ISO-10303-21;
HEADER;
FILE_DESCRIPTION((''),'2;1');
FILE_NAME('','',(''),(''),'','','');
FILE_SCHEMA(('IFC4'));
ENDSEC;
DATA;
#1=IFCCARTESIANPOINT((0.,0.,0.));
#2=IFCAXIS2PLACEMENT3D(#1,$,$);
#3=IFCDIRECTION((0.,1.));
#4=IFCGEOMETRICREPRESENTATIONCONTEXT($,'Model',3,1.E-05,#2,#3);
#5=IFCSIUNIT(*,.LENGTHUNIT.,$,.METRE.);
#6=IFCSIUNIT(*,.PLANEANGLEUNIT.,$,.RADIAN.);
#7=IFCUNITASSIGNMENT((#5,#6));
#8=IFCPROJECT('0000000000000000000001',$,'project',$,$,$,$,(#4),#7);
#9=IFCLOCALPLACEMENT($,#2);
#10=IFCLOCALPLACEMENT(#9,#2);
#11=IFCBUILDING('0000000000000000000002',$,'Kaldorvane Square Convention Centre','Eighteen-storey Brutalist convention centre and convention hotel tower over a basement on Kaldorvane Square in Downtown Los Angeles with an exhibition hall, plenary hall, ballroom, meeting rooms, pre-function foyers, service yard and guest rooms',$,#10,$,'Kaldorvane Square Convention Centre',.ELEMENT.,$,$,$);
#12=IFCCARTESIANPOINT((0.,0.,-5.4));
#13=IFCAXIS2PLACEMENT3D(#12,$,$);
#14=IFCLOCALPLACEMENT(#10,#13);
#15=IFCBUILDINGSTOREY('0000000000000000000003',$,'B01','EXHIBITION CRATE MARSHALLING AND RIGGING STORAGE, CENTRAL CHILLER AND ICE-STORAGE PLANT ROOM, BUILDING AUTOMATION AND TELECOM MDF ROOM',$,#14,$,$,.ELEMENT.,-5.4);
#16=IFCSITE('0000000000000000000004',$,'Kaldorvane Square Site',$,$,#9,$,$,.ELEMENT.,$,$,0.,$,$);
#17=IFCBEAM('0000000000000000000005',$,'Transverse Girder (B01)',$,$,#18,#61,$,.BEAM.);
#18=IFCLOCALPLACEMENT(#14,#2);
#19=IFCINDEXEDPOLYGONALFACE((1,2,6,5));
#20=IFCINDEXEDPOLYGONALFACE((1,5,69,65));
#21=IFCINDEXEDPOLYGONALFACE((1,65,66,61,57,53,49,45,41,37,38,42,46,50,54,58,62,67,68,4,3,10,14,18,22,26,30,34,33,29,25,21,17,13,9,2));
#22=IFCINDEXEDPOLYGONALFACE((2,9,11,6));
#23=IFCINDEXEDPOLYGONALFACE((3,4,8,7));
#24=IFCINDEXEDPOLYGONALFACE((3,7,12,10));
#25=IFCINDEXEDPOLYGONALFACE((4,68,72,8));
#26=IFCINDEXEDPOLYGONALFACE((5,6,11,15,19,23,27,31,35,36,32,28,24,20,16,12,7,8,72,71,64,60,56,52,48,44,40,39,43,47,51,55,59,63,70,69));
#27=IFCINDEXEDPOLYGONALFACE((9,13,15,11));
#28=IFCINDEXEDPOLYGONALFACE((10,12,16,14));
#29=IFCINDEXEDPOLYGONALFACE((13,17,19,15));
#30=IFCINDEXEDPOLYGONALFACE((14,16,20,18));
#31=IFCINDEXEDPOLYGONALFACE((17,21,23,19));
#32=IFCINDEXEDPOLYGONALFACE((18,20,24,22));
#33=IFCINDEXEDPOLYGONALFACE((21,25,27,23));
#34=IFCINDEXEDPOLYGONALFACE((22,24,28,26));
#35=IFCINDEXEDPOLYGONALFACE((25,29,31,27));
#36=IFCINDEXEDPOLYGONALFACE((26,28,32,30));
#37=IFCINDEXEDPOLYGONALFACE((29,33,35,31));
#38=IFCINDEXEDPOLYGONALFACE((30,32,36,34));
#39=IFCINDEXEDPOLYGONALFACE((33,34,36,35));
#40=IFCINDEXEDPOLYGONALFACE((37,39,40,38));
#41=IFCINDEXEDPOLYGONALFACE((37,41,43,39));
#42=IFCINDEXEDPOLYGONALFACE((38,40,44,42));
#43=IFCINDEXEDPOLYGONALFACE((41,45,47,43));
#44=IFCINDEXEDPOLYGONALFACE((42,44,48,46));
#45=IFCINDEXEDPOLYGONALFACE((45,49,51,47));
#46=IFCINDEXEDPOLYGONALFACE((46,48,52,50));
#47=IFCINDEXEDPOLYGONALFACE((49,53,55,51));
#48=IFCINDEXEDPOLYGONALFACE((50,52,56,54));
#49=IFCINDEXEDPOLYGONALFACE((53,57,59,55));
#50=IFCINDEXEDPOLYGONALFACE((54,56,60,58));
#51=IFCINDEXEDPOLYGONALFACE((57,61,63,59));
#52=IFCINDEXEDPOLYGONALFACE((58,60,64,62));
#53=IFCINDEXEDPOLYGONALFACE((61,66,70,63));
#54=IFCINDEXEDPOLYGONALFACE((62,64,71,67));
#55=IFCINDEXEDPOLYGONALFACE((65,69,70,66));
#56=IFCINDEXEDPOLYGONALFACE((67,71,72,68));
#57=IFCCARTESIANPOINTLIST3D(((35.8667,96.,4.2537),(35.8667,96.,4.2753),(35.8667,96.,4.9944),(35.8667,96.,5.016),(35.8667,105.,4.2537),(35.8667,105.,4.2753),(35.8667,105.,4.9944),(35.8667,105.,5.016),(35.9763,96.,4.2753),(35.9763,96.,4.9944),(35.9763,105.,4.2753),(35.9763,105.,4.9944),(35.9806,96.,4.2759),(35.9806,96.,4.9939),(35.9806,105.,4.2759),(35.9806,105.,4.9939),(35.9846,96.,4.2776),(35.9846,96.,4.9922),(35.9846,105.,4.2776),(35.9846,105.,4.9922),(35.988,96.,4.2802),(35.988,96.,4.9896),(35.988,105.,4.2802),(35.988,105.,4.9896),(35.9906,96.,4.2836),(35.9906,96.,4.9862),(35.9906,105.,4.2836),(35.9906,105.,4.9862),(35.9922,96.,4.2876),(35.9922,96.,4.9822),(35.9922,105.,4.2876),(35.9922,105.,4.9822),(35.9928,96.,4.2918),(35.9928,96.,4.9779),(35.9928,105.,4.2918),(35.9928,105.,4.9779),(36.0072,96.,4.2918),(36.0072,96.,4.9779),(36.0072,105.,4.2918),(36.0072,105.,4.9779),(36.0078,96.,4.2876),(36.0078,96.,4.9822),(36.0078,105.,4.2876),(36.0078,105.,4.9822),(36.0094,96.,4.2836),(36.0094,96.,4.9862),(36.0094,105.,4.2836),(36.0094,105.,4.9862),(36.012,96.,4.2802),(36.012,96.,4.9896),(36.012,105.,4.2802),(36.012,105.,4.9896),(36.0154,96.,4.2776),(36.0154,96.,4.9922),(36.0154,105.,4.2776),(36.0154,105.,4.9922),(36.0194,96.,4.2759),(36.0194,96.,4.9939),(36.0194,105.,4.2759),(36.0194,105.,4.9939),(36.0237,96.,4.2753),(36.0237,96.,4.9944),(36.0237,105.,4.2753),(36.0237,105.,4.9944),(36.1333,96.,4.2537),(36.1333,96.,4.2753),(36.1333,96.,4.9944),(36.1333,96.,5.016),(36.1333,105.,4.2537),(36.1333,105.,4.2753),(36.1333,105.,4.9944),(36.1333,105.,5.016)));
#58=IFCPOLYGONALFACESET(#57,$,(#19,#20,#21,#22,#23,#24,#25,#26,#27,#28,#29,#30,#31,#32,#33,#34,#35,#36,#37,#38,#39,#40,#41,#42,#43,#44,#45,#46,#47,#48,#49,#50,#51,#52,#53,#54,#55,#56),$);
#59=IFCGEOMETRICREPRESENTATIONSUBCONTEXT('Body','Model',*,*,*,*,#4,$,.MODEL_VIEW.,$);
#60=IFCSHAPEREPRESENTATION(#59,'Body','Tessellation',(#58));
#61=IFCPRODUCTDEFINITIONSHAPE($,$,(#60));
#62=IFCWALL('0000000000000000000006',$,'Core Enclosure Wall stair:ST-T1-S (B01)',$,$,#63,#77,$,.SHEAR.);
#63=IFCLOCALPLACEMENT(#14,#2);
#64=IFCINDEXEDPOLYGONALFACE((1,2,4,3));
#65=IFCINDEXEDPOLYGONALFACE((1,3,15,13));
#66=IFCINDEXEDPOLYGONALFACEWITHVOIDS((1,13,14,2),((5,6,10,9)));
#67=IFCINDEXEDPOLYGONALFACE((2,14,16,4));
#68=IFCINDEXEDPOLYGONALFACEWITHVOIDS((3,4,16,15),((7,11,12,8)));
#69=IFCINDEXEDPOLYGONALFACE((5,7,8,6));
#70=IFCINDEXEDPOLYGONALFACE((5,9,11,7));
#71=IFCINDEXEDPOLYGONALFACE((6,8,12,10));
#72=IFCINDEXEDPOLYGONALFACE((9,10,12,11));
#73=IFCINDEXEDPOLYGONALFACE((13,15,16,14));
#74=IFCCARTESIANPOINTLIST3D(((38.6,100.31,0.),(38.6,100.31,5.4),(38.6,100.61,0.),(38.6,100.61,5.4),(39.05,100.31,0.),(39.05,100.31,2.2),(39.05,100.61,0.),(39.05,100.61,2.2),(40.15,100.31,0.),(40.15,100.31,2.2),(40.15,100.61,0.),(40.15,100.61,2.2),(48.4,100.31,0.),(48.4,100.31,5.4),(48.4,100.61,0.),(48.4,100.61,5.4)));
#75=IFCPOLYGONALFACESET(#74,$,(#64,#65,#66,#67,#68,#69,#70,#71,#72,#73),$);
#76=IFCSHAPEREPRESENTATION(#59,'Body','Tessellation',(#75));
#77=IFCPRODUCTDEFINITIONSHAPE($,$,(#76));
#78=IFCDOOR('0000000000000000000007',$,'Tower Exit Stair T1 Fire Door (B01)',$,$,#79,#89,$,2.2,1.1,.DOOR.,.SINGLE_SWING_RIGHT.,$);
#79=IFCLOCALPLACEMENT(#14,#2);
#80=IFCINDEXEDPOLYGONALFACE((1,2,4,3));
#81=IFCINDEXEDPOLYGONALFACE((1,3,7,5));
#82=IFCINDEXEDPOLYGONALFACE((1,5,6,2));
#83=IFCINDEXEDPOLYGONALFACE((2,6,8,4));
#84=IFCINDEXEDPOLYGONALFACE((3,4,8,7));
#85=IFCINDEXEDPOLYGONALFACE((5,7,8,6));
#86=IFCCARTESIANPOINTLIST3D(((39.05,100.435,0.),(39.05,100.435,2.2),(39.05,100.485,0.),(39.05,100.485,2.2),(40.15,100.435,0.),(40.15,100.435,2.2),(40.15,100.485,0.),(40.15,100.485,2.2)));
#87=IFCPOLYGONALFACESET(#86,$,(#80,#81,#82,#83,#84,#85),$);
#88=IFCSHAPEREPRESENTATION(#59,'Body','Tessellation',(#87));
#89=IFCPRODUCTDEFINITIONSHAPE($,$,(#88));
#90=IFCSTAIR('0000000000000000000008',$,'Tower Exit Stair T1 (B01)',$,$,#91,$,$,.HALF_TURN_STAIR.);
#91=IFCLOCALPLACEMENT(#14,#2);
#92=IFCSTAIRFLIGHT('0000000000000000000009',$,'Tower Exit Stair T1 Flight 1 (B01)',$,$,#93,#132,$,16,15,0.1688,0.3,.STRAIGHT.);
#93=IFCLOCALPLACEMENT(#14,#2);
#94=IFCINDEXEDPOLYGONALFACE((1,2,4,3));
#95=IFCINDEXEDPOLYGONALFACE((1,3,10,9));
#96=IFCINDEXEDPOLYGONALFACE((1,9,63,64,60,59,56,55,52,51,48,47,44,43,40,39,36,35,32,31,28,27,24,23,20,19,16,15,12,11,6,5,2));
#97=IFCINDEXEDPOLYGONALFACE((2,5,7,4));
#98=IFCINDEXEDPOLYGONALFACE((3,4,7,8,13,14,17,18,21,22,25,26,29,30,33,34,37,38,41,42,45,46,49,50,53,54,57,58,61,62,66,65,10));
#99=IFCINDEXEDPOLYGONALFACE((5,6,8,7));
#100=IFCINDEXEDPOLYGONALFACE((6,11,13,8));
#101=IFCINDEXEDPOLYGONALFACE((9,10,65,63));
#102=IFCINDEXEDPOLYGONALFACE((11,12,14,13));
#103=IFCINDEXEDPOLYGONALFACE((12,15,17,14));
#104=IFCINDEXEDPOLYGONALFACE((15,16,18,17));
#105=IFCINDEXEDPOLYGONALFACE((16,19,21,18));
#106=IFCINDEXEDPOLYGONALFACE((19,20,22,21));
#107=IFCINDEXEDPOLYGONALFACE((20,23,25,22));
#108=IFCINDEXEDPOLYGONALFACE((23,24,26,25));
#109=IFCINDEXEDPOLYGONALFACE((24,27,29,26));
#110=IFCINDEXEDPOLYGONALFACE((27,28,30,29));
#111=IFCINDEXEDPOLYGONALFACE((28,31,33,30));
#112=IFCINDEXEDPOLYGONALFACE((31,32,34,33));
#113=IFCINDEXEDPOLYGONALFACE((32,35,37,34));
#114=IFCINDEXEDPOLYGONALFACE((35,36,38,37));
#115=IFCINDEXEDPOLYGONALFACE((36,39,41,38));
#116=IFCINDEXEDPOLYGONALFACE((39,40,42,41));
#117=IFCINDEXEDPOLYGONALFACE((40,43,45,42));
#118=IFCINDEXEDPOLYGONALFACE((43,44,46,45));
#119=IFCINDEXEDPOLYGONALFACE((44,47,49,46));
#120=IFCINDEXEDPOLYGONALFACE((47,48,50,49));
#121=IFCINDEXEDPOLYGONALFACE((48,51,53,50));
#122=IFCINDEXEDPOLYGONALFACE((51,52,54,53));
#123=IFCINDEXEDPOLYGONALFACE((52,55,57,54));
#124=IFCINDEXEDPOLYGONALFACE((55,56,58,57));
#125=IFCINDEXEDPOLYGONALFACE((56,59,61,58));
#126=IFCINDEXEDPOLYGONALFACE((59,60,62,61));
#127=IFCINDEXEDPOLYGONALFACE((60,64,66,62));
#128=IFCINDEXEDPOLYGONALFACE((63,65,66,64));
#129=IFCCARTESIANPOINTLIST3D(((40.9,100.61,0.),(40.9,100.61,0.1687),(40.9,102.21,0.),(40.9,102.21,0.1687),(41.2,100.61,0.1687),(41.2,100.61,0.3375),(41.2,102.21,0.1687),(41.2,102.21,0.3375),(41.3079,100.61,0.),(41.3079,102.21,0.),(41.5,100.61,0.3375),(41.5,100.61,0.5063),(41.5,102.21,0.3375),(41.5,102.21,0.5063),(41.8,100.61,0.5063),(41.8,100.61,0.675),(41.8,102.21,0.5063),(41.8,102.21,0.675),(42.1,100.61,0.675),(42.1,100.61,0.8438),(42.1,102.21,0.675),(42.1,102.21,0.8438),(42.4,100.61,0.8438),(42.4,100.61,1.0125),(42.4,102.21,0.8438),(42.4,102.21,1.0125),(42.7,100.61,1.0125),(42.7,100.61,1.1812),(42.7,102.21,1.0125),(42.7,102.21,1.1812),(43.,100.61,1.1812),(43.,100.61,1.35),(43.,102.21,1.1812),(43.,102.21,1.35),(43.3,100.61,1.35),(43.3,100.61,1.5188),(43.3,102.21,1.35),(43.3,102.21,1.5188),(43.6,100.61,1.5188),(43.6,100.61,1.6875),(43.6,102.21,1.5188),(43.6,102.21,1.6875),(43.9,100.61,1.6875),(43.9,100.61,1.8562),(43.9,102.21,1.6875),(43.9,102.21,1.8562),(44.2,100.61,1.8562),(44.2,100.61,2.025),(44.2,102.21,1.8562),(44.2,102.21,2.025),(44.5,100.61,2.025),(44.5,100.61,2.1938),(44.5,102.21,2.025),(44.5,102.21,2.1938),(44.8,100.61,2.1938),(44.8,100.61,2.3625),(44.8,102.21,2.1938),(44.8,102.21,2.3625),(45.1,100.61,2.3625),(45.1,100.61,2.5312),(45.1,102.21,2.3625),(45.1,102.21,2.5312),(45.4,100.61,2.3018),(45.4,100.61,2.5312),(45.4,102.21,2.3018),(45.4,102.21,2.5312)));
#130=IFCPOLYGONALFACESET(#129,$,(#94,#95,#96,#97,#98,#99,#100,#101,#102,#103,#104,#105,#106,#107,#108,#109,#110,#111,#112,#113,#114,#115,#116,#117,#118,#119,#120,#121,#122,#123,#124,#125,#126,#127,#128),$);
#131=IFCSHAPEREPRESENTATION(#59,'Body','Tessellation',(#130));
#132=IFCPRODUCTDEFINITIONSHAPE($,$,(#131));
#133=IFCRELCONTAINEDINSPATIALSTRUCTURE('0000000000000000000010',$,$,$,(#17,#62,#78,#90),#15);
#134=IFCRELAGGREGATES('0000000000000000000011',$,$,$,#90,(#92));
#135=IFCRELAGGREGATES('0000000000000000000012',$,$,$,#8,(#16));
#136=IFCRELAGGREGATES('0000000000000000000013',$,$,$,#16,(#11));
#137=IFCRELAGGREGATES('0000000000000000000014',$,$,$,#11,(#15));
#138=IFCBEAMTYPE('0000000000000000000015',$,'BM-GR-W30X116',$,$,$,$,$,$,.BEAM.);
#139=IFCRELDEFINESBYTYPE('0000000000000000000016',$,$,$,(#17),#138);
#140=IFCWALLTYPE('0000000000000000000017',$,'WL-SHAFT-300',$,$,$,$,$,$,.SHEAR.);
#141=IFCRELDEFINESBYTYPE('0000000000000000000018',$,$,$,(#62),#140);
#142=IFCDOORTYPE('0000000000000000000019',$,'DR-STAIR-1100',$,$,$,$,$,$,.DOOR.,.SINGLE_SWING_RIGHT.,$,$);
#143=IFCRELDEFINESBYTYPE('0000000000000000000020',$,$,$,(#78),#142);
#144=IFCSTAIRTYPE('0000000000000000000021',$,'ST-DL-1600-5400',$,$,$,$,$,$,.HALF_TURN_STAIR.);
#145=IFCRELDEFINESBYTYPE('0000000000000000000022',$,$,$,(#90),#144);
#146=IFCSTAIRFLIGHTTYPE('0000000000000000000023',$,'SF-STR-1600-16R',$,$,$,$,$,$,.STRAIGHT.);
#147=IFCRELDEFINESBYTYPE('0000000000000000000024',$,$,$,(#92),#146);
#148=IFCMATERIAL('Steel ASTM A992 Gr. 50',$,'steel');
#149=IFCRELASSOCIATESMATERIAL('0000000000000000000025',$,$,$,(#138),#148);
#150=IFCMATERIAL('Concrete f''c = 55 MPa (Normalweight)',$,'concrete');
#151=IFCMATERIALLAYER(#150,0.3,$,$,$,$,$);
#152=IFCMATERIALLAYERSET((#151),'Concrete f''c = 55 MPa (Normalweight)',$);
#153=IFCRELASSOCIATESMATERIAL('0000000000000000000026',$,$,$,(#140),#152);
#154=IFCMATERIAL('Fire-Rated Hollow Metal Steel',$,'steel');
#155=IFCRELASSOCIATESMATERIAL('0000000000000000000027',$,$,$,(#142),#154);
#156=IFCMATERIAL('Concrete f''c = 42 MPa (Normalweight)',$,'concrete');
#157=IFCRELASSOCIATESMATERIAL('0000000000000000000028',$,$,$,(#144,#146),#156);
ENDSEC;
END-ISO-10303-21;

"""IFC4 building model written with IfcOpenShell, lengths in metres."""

from ifc_helpers import new_model, si_unit, direction, frame, frame_2d, origin, origin_2d, place, context, subcontext, project, spatial, polyline, rectangle, i_section, outline, extrude, material, layer, layer_set, material_profile, profile_set, type_object, element, fill, aggregate, save


model = new_model("IFC4")

# Units and contexts
model_context = context("Model", 3, precision=1e-05, world=origin(), true_north=direction((0.0, 1.0)))
body_context = subcontext(model_context, "Body", "Model", "MODEL_VIEW")
ifc_project = project(units=[si_unit("LENGTHUNIT", "METRE"), si_unit("PLANEANGLEUNIT", "RADIAN")], contexts=[model_context])

# Site, building, storey
site_placement = place(None, origin())
site = spatial("IfcSite", under=ifc_project, at=site_placement, Name="Kaldorvane Square Site", CompositionType="ELEMENT", RefElevation=0.0)
building_placement = place(site_placement, origin())
building = spatial("IfcBuilding", under=site, at=building_placement, Name="Kaldorvane Square Convention Centre", Description="Eighteen-storey Brutalist convention centre and convention hotel tower over a basement on Kaldorvane Square in Downtown Los Angeles with an exhibition hall, plenary hall, ballroom, meeting rooms, pre-function foyers, service yard and guest rooms", LongName="Kaldorvane Square Convention Centre", CompositionType="ELEMENT")
storey_placement = place(building_placement, frame((0.0, 0.0, -5.4)))
storey = spatial("IfcBuildingStorey", under=building, at=storey_placement, Name="B01", Description="EXHIBITION CRATE MARSHALLING AND RIGGING STORAGE, CENTRAL CHILLER AND ICE-STORAGE PLANT ROOM, BUILDING AUTOMATION AND TELECOM MDF ROOM", CompositionType="ELEMENT", Elevation=-5.4)

# Shared definitions
ifc_material_1 = material(Name="Concrete f'c = 42 MPa (Normalweight)", Category="concrete")

# Shared definitions
ifc_material_2 = material(Name="Steel ASTM A992 Gr. 50", Category="steel")

# Beam
ifc_material_profile_1 = material_profile(ifc_material_2, i_section(OverallWidth=0.2666, OverallDepth=0.7623, WebThickness=0.0144, FlangeThickness=0.0216, FilletRadius=0.0165, at=origin_2d()), Name="W30X116")
ifc_profile_set_1 = profile_set([ifc_material_profile_1], Name="Steel ASTM A992 Gr. 50")
beam_type_1 = type_object("IfcBeamType", Name="BM-GR-W30X116", PredefinedType="BEAM", material=ifc_profile_set_1)
for number, where, z_axis, x_axis, name in (
    (1, (36.0, 96.0, 4.6349), (0.0, 1.0, 0.0), (-1.0, 0.0, 0.0), "Transverse Girder (B01)"),
):
    element("IfcBeam", number, at=place(storey_placement, frame(where, z_axis=z_axis, x_axis=x_axis)), inside=storey, type_object=beam_type_1, Name=name, PredefinedType="BEAM", context=body_context, shape_type="SweptSolid", body=[
        extrude(i_section(OverallWidth=0.2666, OverallDepth=0.7623, WebThickness=0.0144, FlangeThickness=0.0216, FilletRadius=0.0165, at=origin_2d()), origin(), (0.0, 0.0, 1.0), 9.0),
    ])

# Wall, opening, door
ifc_material_3 = material(Name="Concrete f'c = 55 MPa (Normalweight)", Category="concrete")
ifc_layer = layer(ifc_material_3, 0.3)
ifc_layer_set = layer_set([ifc_layer], Name="Concrete f'c = 55 MPa (Normalweight)")
wall_type = type_object("IfcWallType", Name="WL-SHAFT-300", PredefinedType="SHEAR", material=ifc_layer_set)
wall_placement = place(storey_placement, frame((38.6, 100.46, 0.0), z_axis=(0.0, 0.0, 1.0), x_axis=(1.0, 0.0, 0.0)))
wall = element("IfcWall", 2, at=wall_placement, inside=storey, type_object=wall_type, Name="Core Enclosure Wall stair:ST-T1-S (B01)", PredefinedType="SHEAR", context=body_context, shape_type="SweptSolid", body=[
    extrude(rectangle(XDim=9.8, YDim=0.3, at=frame_2d((4.9, 0.0))), origin(), (0.0, 0.0, 1.0), 5.4),
])
opening_placement = place(wall_placement, frame((0.45, 0.0, 0.0)))
opening = element("IfcOpeningElement", 3, at=opening_placement, cuts=wall, PredefinedType="OPENING", context=body_context, shape_type="SweptSolid", body=[
    extrude(rectangle(XDim=1.1, YDim=2.2, at=frame_2d((0.55, 1.1))), frame((0.0, 0.165, 0.0), z_axis=(0.0, -1.0, 0.0), x_axis=(1.0, 0.0, 0.0)), (0.0, 0.0, 1.0), 0.33),
])
ifc_material_4 = material(Name="Fire-Rated Hollow Metal Steel", Category="steel")
door_type = type_object("IfcDoorType", Name="DR-STAIR-1100", OperationType="SINGLE_SWING_RIGHT", PredefinedType="DOOR", material=ifc_material_4)
door_placement = place(opening_placement, origin())
door = element("IfcDoor", 4, at=door_placement, inside=storey, type_object=door_type, Name="Tower Exit Stair T1 Fire Door (B01)", OperationType="SINGLE_SWING_RIGHT", OverallHeight=2.2, OverallWidth=1.1, PredefinedType="DOOR", context=body_context, shape_type="SweptSolid", body=[
    extrude(rectangle(XDim=1.1, YDim=2.2, at=frame_2d((0.55, 1.1))), frame((0.0, 0.025, 0.0), z_axis=(0.0, -1.0, 0.0), x_axis=(1.0, 0.0, 0.0)), (0.0, 0.0, 1.0), 0.05),
])
fill(opening, door)

# Stair, stair flight
stair_type = type_object("IfcStairType", Name="ST-DL-1600-5400", PredefinedType="HALF_TURN_STAIR", material=ifc_material_1)
stair_placement = place(storey_placement, origin())
stair = element("IfcStair", 5, at=stair_placement, inside=storey, type_object=stair_type, Name="Tower Exit Stair T1 (B01)", PredefinedType="HALF_TURN_STAIR")
stair_flight_type = type_object("IfcStairFlightType", Name="SF-STR-1600-16R", PredefinedType="STRAIGHT", material=ifc_material_1)
stair_flight_placement = place(storey_placement, frame((40.9, 101.41, 0.0), z_axis=(0.0, 0.0, 1.0), x_axis=(1.0, 0.0, 0.0)))
stair_flight = element("IfcStairFlight", 6, at=stair_flight_placement, type_object=stair_flight_type, Name="Tower Exit Stair T1 Flight 1 (B01)", NumberOfRisers=16, NumberOfTreads=15, PredefinedType="STRAIGHT", RiserHeight=0.1688, TreadLength=0.3, context=body_context, shape_type="SweptSolid", body=[
    extrude(outline(polyline([(0.0, 0.0), (0.0, 0.1687), (0.3, 0.1687), (0.3, 0.3375), (0.6, 0.3375), (0.6, 0.5063), (0.9, 0.5063), (0.9, 0.675), (1.2, 0.675), (1.2, 0.8438), (1.5, 0.8438), (1.5, 1.0125), (1.8, 1.0125), (1.8, 1.1812), (2.1, 1.1812), (2.1, 1.35), (2.4, 1.35), (2.4, 1.5188), (2.7, 1.5188), (2.7, 1.6875), (3.0, 1.6875), (3.0, 1.8562), (3.3, 1.8562), (3.3, 2.025), (3.6, 2.025), (3.6, 2.1938), (3.9, 2.1938), (3.9, 2.3625), (4.2, 2.3625), (4.2, 2.5312), (4.5, 2.5312), (4.5, 2.7), (4.5, 2.3018), (0.4079, 0.0), (0.0, 0.0)])), frame((0.0, 0.8, 0.0), z_axis=(0.0, -1.0, 0.0), x_axis=(1.0, 0.0, 0.0)), (0.0, 0.0, 1.0), 1.6),
])
aggregate(stair, [stair_flight])

save(model, "model.ifc")
